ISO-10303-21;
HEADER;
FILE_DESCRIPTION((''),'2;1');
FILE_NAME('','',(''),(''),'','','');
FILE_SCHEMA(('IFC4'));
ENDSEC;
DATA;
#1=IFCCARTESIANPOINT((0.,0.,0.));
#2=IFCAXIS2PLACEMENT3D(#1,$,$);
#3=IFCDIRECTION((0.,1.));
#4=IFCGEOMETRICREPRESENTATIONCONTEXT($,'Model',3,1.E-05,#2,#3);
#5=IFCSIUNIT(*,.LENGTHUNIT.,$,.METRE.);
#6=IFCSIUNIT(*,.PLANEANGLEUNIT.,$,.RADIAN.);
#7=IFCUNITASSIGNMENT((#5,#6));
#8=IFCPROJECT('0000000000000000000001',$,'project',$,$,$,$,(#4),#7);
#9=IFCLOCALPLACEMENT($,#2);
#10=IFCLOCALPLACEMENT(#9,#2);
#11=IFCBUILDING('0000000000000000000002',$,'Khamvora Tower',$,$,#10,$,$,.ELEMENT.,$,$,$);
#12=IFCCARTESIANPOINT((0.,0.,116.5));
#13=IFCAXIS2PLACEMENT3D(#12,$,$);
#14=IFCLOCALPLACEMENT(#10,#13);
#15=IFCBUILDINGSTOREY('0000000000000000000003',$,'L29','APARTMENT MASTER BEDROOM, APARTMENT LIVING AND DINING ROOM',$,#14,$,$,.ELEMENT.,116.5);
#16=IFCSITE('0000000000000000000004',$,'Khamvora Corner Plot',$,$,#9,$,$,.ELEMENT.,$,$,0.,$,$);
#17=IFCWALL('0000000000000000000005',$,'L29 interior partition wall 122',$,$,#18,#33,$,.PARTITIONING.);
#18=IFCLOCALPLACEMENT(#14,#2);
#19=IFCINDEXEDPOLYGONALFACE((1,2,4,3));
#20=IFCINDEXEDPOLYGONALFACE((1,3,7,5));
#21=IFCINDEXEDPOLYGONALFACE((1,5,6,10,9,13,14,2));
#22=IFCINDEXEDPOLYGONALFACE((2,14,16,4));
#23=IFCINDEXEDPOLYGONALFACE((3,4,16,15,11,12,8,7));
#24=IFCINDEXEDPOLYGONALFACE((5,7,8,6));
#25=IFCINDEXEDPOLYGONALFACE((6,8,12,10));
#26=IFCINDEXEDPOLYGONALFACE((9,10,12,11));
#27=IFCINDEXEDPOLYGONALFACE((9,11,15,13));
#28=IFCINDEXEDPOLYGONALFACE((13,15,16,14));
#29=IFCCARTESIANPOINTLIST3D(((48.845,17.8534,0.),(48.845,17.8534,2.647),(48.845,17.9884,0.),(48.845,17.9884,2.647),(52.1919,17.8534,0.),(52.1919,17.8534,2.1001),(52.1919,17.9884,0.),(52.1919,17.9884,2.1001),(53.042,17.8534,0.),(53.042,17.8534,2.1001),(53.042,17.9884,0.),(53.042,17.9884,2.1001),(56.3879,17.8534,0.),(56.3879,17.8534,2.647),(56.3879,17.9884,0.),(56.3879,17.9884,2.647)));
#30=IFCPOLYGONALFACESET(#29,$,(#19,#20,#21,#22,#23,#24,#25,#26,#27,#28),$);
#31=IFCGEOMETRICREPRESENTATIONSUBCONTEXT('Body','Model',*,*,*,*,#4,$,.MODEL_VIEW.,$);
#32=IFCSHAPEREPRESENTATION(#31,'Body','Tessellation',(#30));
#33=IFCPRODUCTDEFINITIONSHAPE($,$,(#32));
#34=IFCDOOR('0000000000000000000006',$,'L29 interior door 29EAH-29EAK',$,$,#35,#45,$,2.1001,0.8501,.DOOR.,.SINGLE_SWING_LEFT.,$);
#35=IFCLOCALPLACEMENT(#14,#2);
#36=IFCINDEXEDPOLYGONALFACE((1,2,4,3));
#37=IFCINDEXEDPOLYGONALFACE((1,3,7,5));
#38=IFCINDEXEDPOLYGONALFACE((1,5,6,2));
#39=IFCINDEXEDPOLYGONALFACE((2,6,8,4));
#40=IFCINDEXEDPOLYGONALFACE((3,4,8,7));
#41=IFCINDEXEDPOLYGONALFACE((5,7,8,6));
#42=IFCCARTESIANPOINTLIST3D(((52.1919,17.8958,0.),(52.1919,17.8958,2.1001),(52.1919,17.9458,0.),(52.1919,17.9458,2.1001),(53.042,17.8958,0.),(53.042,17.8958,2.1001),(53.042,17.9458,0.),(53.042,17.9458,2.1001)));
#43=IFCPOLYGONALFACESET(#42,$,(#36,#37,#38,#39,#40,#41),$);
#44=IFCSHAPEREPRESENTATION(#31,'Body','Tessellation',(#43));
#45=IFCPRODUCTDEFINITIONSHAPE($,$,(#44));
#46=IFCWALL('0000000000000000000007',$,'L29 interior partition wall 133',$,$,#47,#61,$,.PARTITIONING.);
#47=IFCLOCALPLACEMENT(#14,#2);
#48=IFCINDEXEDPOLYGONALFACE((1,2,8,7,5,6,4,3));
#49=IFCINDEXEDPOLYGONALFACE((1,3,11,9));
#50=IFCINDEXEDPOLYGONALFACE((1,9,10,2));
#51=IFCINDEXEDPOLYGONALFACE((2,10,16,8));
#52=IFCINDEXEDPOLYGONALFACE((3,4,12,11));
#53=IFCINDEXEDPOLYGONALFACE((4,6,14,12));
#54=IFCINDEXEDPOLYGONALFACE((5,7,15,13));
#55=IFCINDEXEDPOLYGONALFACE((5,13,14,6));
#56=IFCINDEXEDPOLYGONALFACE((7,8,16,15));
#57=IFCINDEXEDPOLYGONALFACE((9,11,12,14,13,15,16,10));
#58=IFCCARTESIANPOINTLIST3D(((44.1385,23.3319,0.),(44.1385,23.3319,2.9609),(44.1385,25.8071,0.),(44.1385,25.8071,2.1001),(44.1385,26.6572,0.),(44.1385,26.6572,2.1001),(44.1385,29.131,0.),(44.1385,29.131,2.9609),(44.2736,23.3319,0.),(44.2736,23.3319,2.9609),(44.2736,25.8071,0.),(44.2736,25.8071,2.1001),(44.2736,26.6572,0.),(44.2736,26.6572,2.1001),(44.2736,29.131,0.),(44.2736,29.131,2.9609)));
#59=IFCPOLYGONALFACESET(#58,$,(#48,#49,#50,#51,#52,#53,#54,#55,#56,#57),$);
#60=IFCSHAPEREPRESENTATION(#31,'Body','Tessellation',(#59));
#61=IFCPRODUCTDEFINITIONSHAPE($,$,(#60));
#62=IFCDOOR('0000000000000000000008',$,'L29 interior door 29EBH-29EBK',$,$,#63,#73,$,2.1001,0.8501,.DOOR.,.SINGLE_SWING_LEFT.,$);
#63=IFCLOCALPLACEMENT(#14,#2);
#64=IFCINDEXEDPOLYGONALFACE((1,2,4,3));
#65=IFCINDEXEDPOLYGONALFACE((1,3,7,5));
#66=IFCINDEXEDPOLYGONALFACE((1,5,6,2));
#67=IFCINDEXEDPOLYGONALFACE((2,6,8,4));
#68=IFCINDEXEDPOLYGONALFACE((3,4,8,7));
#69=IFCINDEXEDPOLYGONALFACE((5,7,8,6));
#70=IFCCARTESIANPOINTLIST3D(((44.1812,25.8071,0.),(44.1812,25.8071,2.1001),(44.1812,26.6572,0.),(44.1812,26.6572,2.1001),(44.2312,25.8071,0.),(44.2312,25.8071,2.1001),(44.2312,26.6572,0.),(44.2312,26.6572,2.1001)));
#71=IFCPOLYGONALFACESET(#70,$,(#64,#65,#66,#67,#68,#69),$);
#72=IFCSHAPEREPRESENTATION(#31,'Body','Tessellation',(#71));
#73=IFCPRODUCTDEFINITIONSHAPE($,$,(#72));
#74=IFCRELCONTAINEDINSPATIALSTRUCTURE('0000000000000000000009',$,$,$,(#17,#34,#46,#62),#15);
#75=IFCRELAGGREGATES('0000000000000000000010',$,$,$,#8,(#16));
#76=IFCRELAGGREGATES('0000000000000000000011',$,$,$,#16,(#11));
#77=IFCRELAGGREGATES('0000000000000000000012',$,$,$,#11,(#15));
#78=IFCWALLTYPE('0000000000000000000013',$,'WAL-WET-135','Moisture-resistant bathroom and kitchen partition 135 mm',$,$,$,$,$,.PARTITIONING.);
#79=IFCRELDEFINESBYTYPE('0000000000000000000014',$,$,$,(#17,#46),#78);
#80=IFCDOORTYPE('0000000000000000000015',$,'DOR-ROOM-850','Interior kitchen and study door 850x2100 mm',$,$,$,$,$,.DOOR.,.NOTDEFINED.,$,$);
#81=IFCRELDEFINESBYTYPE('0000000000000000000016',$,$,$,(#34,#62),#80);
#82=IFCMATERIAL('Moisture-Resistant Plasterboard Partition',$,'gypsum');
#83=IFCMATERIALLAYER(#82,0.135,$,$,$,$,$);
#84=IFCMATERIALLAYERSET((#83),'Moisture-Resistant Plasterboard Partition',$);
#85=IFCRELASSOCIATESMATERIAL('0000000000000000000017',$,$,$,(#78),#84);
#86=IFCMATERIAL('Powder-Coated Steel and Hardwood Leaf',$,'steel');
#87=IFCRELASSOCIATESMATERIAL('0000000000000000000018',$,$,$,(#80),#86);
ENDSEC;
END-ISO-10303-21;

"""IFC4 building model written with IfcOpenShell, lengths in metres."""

from ifc_helpers import new_model, si_unit, direction, frame, frame_2d, origin, place, context, subcontext, project, spatial, rectangle, extrude, material, layer, layer_set, type_object, element, fill, save


model = new_model("IFC4")

# Units and contexts
model_context = context("Model", 3, precision=1e-05, world=origin(), true_north=direction((0.0, 1.0)))
body_context = subcontext(model_context, "Body", "Model", "MODEL_VIEW")
ifc_project = project(units=[si_unit("LENGTHUNIT", "METRE"), si_unit("PLANEANGLEUNIT", "RADIAN")], contexts=[model_context])

# Site, building, storey
site_placement = place(None, origin())
site = spatial("IfcSite", under=ifc_project, at=site_placement, Name="Khamvora Corner Plot", CompositionType="ELEMENT", RefElevation=0.0)
building_placement = place(site_placement, origin())
building = spatial("IfcBuilding", under=site, at=building_placement, Name="Khamvora Tower", CompositionType="ELEMENT")
storey_placement = place(building_placement, frame((0.0, 0.0, 116.5)))
storey = spatial("IfcBuildingStorey", under=building, at=storey_placement, Name="L29", Description="APARTMENT MASTER BEDROOM, APARTMENT LIVING AND DINING ROOM", CompositionType="ELEMENT", Elevation=116.5)

# Shared definitions
ifc_material_1 = material(Name="Powder-Coated Steel and Hardwood Leaf", Category="steel")

# Shared definitions
ifc_material_2 = material(Name="Moisture-Resistant Plasterboard Partition", Category="gypsum")
ifc_layer_1 = layer(ifc_material_2, 0.135)
ifc_layer_set_1 = layer_set([ifc_layer_1], Name="Moisture-Resistant Plasterboard Partition")
wall_type_1 = type_object("IfcWallType", Name="WAL-WET-135", Description="Moisture-resistant bathroom and kitchen partition 135 mm", PredefinedType="PARTITIONING", material=ifc_layer_set_1)

# Walls, openings, doors
wall_1_placement = place(storey_placement, frame((48.845, 17.9209, 0.0), z_axis=(0.0, 0.0, 1.0), x_axis=(1.0, 0.0, 0.0)))
wall_1 = element("IfcWall", 1, at=wall_1_placement, inside=storey, type_object=wall_type_1, Name="L29 interior partition wall 122", PredefinedType="PARTITIONING", context=body_context, shape_type="SweptSolid", body=[
    extrude(rectangle(XDim=7.543, YDim=0.135, at=frame_2d((3.7715, 0.0))), origin(), (0.0, 0.0, 1.0), 2.647),
])
opening_1_placement = place(wall_1_placement, frame((3.3469, 0.0, 0.0)))
opening_1 = element("IfcOpeningElement", 2, at=opening_1_placement, cuts=wall_1, PredefinedType="OPENING", context=body_context, shape_type="SweptSolid", body=[
    extrude(rectangle(XDim=0.8501, YDim=2.1001, at=frame_2d((0.425, 1.05))), frame((0.0, 0.0774, 0.0), z_axis=(0.0, -1.0, 0.0), x_axis=(1.0, 0.0, 0.0)), (0.0, 0.0, 1.0), 0.155),
])
door_type_1 = type_object("IfcDoorType", Name="DOR-ROOM-850", Description="Interior kitchen and study door 850x2100 mm", OperationType="NOTDEFINED", PredefinedType="DOOR", material=ifc_material_1)
door_1_placement = place(opening_1_placement, origin())
door_1 = element("IfcDoor", 3, at=door_1_placement, inside=storey, type_object=door_type_1, Name="L29 interior door 29EAH-29EAK", OperationType="SINGLE_SWING_LEFT", OverallHeight=2.1001, OverallWidth=0.8501, PredefinedType="DOOR", context=body_context, shape_type="SweptSolid", body=[
    extrude(rectangle(XDim=0.8501, YDim=2.1001, at=frame_2d((0.425, 1.05))), frame((0.0, 0.0249, 0.0), z_axis=(0.0, -1.0, 0.0), x_axis=(1.0, 0.0, 0.0)), (0.0, 0.0, 1.0), 0.05),
])
fill(opening_1, door_1)
wall_2_placement = place(storey_placement, frame((44.2061, 23.332, 0.0), z_axis=(0.0, 0.0, 1.0), x_axis=(0.0, 1.0, 0.0)))
wall_2 = element("IfcWall", 4, at=wall_2_placement, inside=storey, type_object=wall_type_1, Name="L29 interior partition wall 133", PredefinedType="PARTITIONING", context=body_context, shape_type="SweptSolid", body=[
    extrude(rectangle(XDim=5.7991, YDim=0.135, at=frame_2d((2.8994, 0.0))), origin(), (0.0, 0.0, 1.0), 2.9609),
])
opening_2_placement = place(wall_2_placement, frame((2.4751, 0.0, 0.0)))
opening_2 = element("IfcOpeningElement", 5, at=opening_2_placement, cuts=wall_2, PredefinedType="OPENING", context=body_context, shape_type="SweptSolid", body=[
    extrude(rectangle(XDim=0.8501, YDim=2.1001, at=frame_2d((0.425, 1.05))), frame((0.0, 0.0774, 0.0), z_axis=(0.0, -1.0, 0.0), x_axis=(1.0, 0.0, 0.0)), (0.0, 0.0, 1.0), 0.155),
])
door_2_placement = place(opening_2_placement, origin())
door_2 = element("IfcDoor", 6, at=door_2_placement, inside=storey, type_object=door_type_1, Name="L29 interior door 29EBH-29EBK", OperationType="SINGLE_SWING_LEFT", OverallHeight=2.1001, OverallWidth=0.8501, PredefinedType="DOOR", context=body_context, shape_type="SweptSolid", body=[
    extrude(rectangle(XDim=0.8501, YDim=2.1001, at=frame_2d((0.425, 1.05))), frame((0.0, 0.0249, 0.0), z_axis=(0.0, -1.0, 0.0), x_axis=(1.0, 0.0, 0.0)), (0.0, 0.0, 1.0), 0.05),
])
fill(opening_2, door_2)

save(model, "model.ifc")
